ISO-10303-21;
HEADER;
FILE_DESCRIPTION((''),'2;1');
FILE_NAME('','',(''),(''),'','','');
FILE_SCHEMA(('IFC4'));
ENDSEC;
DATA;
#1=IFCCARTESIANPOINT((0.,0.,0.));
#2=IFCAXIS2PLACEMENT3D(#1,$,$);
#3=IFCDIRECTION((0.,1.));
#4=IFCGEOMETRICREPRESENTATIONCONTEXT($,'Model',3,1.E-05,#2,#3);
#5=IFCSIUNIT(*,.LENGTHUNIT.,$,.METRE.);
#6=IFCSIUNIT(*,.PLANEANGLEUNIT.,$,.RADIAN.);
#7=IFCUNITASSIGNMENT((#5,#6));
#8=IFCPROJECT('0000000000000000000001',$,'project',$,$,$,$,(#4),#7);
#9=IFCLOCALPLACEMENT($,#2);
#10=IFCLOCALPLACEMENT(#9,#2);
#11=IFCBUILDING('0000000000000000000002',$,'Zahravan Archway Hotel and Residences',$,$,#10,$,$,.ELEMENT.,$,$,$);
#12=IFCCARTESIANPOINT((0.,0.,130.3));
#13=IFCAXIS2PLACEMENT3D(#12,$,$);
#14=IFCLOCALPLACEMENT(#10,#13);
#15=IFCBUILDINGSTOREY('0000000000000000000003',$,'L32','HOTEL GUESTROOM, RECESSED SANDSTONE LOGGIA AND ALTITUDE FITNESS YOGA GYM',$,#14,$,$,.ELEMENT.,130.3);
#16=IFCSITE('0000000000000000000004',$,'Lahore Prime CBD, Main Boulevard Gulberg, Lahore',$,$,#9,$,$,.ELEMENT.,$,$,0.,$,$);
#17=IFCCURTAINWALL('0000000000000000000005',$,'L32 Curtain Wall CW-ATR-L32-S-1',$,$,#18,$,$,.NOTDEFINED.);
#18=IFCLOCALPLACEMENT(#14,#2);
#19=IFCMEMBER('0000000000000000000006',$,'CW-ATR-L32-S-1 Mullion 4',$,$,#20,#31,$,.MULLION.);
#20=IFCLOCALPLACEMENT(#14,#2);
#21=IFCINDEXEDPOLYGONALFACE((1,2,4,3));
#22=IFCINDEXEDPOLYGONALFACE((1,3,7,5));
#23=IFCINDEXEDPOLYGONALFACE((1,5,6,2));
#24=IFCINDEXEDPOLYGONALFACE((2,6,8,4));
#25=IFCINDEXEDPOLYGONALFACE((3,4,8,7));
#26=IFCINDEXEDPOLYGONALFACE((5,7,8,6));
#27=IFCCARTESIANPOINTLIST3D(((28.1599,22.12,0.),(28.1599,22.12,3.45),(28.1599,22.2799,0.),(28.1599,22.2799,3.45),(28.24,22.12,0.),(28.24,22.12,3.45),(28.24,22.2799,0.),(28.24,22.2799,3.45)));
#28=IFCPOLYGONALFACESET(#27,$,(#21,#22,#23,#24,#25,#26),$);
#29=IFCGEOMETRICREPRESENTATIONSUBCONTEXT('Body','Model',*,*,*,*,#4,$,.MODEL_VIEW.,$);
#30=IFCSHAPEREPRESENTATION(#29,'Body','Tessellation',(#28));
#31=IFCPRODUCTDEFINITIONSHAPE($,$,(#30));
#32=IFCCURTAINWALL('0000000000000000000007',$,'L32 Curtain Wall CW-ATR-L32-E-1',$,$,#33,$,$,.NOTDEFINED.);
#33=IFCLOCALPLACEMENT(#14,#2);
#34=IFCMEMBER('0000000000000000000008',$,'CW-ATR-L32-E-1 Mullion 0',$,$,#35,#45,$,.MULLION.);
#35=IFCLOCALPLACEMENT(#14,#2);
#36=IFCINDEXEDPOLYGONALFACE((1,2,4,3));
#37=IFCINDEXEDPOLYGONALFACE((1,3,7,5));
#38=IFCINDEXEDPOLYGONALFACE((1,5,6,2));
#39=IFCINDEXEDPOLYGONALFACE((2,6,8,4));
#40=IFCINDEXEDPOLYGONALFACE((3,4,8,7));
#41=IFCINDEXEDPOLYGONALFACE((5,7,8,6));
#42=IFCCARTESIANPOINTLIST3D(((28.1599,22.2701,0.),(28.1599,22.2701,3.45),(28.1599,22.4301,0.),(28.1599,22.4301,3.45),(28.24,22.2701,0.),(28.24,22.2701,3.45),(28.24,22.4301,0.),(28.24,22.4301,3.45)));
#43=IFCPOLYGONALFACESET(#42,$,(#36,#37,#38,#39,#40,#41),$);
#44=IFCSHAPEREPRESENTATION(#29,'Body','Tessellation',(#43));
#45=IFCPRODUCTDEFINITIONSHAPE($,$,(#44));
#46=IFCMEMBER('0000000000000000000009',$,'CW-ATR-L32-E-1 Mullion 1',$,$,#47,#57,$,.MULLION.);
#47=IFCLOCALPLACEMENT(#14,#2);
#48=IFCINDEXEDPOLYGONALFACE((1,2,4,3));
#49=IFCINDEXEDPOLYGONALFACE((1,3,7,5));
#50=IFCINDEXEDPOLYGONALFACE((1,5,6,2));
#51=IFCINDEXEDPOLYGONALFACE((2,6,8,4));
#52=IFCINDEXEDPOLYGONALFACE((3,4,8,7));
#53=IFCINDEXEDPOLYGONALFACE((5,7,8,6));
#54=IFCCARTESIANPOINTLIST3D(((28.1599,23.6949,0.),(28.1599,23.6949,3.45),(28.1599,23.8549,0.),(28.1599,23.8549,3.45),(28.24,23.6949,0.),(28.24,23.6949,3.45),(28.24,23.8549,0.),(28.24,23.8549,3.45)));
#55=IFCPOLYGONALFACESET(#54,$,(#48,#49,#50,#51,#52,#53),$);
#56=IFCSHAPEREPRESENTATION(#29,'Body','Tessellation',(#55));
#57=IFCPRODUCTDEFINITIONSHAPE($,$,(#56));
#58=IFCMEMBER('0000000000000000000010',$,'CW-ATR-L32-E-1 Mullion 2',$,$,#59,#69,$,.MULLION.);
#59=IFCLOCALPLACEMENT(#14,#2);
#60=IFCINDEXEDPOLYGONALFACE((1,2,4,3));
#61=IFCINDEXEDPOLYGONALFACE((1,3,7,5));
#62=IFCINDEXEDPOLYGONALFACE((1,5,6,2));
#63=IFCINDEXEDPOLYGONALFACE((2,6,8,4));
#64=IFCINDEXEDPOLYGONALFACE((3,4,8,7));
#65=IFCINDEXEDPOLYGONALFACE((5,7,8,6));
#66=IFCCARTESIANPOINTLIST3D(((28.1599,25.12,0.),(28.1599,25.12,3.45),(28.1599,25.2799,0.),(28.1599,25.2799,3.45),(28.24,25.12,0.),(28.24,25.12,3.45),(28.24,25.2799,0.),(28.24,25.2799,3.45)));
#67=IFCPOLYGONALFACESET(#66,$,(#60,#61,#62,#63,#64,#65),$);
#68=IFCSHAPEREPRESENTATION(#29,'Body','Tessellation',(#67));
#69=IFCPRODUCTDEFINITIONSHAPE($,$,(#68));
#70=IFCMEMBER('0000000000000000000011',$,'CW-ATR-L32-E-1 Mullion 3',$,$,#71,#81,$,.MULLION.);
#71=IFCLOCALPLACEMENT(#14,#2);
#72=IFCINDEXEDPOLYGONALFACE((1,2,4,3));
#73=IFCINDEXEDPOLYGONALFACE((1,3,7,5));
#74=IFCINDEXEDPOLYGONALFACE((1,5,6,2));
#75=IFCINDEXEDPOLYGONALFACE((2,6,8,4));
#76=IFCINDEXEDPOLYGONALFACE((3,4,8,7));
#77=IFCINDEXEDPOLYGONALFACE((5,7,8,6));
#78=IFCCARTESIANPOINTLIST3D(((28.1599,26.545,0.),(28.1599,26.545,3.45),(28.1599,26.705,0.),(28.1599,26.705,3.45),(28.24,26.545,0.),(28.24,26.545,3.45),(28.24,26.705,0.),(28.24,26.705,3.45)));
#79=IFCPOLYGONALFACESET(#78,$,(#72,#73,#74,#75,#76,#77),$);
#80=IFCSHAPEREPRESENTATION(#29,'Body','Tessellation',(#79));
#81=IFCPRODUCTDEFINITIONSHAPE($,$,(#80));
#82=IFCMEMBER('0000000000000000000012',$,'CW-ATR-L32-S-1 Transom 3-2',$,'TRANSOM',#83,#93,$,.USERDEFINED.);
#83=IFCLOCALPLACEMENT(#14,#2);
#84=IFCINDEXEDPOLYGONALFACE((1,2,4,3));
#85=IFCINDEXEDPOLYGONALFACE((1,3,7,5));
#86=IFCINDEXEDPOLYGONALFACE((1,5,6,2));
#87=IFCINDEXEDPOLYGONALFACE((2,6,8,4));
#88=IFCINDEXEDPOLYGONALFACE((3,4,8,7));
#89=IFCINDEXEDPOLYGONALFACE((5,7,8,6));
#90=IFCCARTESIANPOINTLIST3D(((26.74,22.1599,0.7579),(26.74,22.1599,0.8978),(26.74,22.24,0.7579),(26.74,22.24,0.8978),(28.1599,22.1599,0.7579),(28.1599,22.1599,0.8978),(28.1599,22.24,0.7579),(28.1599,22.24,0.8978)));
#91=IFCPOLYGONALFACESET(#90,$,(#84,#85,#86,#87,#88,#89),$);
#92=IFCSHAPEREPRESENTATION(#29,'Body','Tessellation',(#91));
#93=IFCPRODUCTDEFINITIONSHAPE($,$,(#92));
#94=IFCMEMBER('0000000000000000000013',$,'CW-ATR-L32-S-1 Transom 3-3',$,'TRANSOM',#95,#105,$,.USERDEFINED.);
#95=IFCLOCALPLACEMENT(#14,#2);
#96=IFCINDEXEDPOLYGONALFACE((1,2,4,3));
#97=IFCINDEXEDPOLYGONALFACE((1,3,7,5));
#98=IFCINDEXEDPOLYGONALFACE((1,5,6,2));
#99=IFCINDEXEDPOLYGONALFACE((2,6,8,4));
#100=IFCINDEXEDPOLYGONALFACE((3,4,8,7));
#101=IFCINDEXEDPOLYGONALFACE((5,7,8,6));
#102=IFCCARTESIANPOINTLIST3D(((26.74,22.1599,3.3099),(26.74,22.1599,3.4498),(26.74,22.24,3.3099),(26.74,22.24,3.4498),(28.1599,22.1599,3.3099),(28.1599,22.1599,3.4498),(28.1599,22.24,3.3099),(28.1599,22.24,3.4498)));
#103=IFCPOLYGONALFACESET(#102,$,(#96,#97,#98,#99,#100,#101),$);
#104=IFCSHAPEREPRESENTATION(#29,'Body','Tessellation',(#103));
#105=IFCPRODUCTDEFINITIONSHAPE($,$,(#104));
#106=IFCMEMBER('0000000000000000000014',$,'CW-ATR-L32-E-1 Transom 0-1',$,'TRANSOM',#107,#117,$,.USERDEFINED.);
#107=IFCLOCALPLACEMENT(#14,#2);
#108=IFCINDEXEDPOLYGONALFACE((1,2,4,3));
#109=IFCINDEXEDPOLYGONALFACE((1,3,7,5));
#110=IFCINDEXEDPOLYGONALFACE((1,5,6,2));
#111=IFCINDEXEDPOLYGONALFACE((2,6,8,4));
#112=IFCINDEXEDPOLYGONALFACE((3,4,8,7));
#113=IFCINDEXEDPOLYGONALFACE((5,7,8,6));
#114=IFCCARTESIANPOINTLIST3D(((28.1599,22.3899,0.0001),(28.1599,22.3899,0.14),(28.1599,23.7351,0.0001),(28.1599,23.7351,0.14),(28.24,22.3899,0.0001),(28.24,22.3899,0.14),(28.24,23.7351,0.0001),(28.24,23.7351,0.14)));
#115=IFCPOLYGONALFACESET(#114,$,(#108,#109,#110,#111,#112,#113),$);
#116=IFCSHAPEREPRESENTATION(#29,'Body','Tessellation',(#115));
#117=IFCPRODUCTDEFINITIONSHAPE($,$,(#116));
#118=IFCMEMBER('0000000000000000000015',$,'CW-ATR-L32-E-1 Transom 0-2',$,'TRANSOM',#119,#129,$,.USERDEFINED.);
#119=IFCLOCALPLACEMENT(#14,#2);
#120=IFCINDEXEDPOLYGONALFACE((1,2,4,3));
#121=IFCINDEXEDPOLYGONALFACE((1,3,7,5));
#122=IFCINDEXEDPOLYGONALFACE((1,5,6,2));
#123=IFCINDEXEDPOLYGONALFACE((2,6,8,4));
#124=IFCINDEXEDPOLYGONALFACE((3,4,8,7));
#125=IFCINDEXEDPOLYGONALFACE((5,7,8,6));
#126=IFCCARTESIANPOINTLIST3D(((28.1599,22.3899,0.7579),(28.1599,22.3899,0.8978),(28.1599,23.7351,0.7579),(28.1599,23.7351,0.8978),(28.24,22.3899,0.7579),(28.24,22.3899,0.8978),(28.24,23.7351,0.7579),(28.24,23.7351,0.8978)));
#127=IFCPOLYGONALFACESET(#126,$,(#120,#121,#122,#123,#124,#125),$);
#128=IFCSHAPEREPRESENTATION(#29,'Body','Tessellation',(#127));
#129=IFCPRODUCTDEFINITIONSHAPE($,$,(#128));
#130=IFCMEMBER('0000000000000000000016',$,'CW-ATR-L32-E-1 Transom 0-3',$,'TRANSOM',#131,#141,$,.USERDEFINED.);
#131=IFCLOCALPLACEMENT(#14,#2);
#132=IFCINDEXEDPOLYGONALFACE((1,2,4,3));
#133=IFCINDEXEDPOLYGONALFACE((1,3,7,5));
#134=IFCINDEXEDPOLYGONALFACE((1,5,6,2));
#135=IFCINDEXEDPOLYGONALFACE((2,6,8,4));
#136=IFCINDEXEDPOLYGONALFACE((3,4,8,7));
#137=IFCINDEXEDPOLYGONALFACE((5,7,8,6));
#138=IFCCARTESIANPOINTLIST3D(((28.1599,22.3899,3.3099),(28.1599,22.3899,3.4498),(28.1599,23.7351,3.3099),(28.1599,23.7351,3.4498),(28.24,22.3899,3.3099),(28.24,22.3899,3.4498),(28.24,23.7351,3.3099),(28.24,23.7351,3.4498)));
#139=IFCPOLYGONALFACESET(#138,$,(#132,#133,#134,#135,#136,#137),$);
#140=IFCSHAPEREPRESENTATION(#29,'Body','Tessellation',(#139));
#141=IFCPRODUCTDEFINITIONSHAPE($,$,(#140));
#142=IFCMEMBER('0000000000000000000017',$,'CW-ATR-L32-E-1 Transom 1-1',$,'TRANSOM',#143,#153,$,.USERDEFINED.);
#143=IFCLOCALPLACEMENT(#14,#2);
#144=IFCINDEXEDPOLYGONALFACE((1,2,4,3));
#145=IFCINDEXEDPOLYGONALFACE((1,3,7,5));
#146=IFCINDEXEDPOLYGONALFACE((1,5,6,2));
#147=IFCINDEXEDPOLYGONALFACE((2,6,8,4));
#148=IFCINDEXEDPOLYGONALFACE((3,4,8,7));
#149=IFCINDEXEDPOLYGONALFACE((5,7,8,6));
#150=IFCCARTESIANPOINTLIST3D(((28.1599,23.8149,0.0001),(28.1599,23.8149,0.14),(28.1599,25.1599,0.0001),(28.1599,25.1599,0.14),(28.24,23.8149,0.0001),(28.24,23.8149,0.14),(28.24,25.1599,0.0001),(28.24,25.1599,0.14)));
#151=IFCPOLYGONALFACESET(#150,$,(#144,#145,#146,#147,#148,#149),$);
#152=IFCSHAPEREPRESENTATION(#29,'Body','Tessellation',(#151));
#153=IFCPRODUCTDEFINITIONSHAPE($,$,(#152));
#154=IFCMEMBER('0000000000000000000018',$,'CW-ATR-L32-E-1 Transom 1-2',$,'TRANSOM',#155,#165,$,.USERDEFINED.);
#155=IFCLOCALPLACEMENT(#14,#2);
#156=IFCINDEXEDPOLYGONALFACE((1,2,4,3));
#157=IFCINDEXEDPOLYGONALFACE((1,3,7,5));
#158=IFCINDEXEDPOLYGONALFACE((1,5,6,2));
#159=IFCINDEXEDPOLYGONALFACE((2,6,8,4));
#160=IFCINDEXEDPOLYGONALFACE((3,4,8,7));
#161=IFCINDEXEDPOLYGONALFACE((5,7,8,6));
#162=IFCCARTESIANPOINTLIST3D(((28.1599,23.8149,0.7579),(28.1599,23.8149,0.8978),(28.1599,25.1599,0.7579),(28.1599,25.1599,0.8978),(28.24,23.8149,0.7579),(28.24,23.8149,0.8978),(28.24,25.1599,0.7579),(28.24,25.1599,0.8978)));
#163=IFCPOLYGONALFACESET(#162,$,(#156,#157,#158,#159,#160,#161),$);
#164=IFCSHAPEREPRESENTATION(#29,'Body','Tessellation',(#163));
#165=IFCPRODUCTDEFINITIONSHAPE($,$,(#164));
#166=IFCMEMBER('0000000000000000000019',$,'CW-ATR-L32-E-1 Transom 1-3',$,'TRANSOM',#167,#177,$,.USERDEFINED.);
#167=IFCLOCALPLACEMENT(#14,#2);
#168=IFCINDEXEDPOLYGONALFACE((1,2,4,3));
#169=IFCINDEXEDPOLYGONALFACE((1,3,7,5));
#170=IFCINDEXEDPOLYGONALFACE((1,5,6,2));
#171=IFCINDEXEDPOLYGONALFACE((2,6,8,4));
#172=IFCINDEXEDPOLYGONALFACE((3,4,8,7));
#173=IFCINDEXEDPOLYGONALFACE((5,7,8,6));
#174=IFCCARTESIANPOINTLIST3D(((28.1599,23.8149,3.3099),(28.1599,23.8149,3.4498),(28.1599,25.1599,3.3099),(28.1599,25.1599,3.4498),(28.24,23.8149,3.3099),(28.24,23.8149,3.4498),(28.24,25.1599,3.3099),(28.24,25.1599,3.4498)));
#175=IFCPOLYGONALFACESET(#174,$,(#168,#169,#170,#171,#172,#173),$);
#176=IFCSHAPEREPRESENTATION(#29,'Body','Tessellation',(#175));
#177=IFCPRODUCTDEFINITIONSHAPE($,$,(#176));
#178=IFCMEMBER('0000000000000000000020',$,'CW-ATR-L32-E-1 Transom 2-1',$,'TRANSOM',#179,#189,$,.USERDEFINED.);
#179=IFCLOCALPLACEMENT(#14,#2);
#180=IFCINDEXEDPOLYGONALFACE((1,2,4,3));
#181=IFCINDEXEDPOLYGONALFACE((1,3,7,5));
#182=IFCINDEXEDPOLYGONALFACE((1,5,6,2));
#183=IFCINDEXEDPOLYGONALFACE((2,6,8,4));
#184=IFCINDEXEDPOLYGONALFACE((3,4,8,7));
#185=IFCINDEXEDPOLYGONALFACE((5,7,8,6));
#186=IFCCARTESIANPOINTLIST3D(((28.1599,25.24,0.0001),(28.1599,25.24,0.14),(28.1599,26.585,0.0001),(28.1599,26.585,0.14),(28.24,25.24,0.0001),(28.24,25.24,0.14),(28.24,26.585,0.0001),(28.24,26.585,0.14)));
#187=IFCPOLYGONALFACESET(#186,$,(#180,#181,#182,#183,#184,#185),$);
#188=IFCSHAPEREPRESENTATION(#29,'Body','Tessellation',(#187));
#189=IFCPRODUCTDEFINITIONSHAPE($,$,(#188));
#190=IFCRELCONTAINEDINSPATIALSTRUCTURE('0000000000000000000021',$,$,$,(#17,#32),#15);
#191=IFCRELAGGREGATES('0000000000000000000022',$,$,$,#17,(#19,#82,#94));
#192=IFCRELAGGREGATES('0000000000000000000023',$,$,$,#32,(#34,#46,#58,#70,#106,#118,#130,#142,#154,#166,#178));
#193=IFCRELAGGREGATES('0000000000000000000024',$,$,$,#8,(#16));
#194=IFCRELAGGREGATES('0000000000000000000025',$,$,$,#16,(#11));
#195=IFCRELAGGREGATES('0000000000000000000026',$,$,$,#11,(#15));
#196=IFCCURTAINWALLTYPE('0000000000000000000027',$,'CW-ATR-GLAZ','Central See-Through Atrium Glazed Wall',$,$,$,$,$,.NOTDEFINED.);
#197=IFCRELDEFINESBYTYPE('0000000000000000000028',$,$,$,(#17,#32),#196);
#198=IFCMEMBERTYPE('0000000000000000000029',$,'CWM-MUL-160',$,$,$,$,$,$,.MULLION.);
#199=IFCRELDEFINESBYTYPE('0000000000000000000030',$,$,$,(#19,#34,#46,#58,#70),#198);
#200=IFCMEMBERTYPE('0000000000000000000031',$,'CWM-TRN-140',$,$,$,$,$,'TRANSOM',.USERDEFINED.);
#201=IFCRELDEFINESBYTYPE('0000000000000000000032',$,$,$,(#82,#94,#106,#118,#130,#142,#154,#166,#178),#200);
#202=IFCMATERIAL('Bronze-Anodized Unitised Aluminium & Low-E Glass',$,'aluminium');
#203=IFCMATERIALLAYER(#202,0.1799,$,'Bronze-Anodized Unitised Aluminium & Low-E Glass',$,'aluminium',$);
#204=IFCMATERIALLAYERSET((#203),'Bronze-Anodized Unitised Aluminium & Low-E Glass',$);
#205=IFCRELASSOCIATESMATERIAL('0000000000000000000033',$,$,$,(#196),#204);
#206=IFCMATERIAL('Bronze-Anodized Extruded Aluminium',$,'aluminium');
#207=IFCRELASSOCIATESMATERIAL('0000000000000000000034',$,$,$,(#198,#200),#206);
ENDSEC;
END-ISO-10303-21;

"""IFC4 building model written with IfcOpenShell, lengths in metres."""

from ifc_helpers import new_model, si_unit, direction, frame, origin, origin_2d, place, context, subcontext, project, spatial, rectangle, extrude, source, transform, mapped, material, layer, layer_set, material_profile, profile_set, type_object, element, aggregate, save


model = new_model("IFC4")

# Units and contexts
model_context = context("Model", 3, precision=1e-05, world=origin(), true_north=direction((0.0, 1.0)))
body_context = subcontext(model_context, "Body", "Model", "MODEL_VIEW")
ifc_project = project(units=[si_unit("LENGTHUNIT", "METRE"), si_unit("PLANEANGLEUNIT", "RADIAN")], contexts=[model_context])

# Site, building, storey
site_placement = place(None, origin())
site = spatial("IfcSite", under=ifc_project, at=site_placement, Name="Lahore Prime CBD, Main Boulevard Gulberg, Lahore", CompositionType="ELEMENT", RefElevation=0.0)
building_placement = place(site_placement, origin())
building = spatial("IfcBuilding", under=site, at=building_placement, Name="Zahravan Archway Hotel and Residences", CompositionType="ELEMENT")
storey_placement = place(building_placement, frame((0.0, 0.0, 130.3)))
storey = spatial("IfcBuildingStorey", under=building, at=storey_placement, Name="L32", Description="HOTEL GUESTROOM, RECESSED SANDSTONE LOGGIA AND ALTITUDE FITNESS YOGA GYM", CompositionType="ELEMENT", Elevation=130.3)

# Curtain wall, member
ifc_material_1 = material(Name="Bronze-Anodized Unitised Aluminium & Low-E Glass", Category="aluminium")
ifc_layer_1 = layer(ifc_material_1, 0.1799, Name="Bronze-Anodized Unitised Aluminium & Low-E Glass", Category="aluminium")
ifc_layer_set_1 = layer_set([ifc_layer_1], Name="Bronze-Anodized Unitised Aluminium & Low-E Glass")
curtain_wall_type = type_object("IfcCurtainWallType", Name="CW-ATR-GLAZ", Description="Central See-Through Atrium Glazed Wall", PredefinedType="NOTDEFINED", material=ifc_layer_set_1)
curtain_wall_1_placement = place(storey_placement, origin())
curtain_wall_1 = element("IfcCurtainWall", 1, at=curtain_wall_1_placement, inside=storey, type_object=curtain_wall_type, Name="L32 Curtain Wall CW-ATR-L32-S-1", PredefinedType="NOTDEFINED")
ifc_material_2 = material(Name="Bronze-Anodized Extruded Aluminium", Category="aluminium")
ifc_material_profile_1 = material_profile(ifc_material_2, rectangle(XDim=0.0801, YDim=0.1599, at=origin_2d()), Name="MUL 80x160", Category="aluminium")
ifc_profile_set_1 = profile_set([ifc_material_profile_1], Name="Bronze-Anodized Extruded Aluminium")
member_type_1 = type_object("IfcMemberType", Name="CWM-MUL-160", PredefinedType="MULLION", material=ifc_profile_set_1)
shared_shape_1 = source(origin(), body_context, "Body", "SweptSolid", [
    extrude(rectangle(XDim=0.0801, YDim=0.1599, at=origin_2d()), origin(), (0.0, 0.0, 1.0), 3.45),
])
member_1_placement = place(storey_placement, frame((28.2, 22.2, 0.0), z_axis=(0.0, 0.0, 1.0), x_axis=(1.0, 0.0, 0.0)))
member_1 = element("IfcMember", 2, at=member_1_placement, type_object=member_type_1, Name="CW-ATR-L32-S-1 Mullion 4", PredefinedType="MULLION", context=body_context, shape_type="MappedRepresentation", body=[
    mapped(shared_shape_1, transform((0.0, 0.0, 0.0), scale=1.0)),
])

# Curtain wall, members
curtain_wall_2_placement = place(storey_placement, origin())
curtain_wall_2 = element("IfcCurtainWall", 3, at=curtain_wall_2_placement, inside=storey, type_object=curtain_wall_type, Name="L32 Curtain Wall CW-ATR-L32-E-1", PredefinedType="NOTDEFINED")
member_2_placement = place(storey_placement, frame((28.2, 22.3501, 0.0), z_axis=(0.0, 0.0, 1.0), x_axis=(1.0, 0.0, 0.0)))
member_2 = element("IfcMember", 4, at=member_2_placement, type_object=member_type_1, Name="CW-ATR-L32-E-1 Mullion 0", PredefinedType="MULLION", context=body_context, shape_type="MappedRepresentation", body=[
    mapped(shared_shape_1, transform((0.0, 0.0, 0.0), scale=1.0)),
])
member_3_placement = place(storey_placement, frame((28.2, 23.7749, 0.0), z_axis=(0.0, 0.0, 1.0), x_axis=(1.0, 0.0, 0.0)))
member_3 = element("IfcMember", 5, at=member_3_placement, type_object=member_type_1, Name="CW-ATR-L32-E-1 Mullion 1", PredefinedType="MULLION", context=body_context, shape_type="MappedRepresentation", body=[
    mapped(shared_shape_1, transform((0.0, 0.0, 0.0), scale=1.0)),
])
member_4_placement = place(storey_placement, frame((28.2, 25.2, 0.0), z_axis=(0.0, 0.0, 1.0), x_axis=(1.0, 0.0, 0.0)))
member_4 = element("IfcMember", 6, at=member_4_placement, type_object=member_type_1, Name="CW-ATR-L32-E-1 Mullion 2", PredefinedType="MULLION", context=body_context, shape_type="MappedRepresentation", body=[
    mapped(shared_shape_1, transform((0.0, 0.0, 0.0), scale=1.0)),
])
member_5_placement = place(storey_placement, frame((28.2, 26.625, 0.0), z_axis=(0.0, 0.0, 1.0), x_axis=(1.0, 0.0, 0.0)))
member_5 = element("IfcMember", 7, at=member_5_placement, type_object=member_type_1, Name="CW-ATR-L32-E-1 Mullion 3", PredefinedType="MULLION", context=body_context, shape_type="MappedRepresentation", body=[
    mapped(shared_shape_1, transform((0.0, 0.0, 0.0), scale=1.0)),
])

# Members
ifc_material_profile_2 = material_profile(ifc_material_2, rectangle(XDim=0.0801, YDim=0.1399, at=origin_2d()), Name="TRN 80x140", Category="aluminium")
ifc_profile_set_2 = profile_set([ifc_material_profile_2], Name="Bronze-Anodized Extruded Aluminium")
member_type_2 = type_object("IfcMemberType", Name="CWM-TRN-140", ElementType="TRANSOM", PredefinedType="USERDEFINED", material=ifc_profile_set_2)
shared_shape_2 = source(origin(), body_context, "Body", "SweptSolid", [
    extrude(rectangle(XDim=0.0801, YDim=0.1399, at=origin_2d()), origin(), (0.0, 0.0, 1.0), 1.4199),
])
member_6_placement = place(storey_placement, frame((26.74, 22.2, 0.8279), z_axis=(1.0, 0.0, 0.0), x_axis=(0.0, 1.0, 0.0)))
member_6 = element("IfcMember", 8, at=member_6_placement, type_object=member_type_2, Name="CW-ATR-L32-S-1 Transom 3-2", ObjectType="TRANSOM", PredefinedType="USERDEFINED", context=body_context, shape_type="MappedRepresentation", body=[
    mapped(shared_shape_2, transform((0.0, 0.0, 0.0), scale=1.0)),
])
member_7_placement = place(storey_placement, frame((26.74, 22.2, 3.3799), z_axis=(1.0, 0.0, 0.0), x_axis=(0.0, 1.0, 0.0)))
member_7 = element("IfcMember", 9, at=member_7_placement, type_object=member_type_2, Name="CW-ATR-L32-S-1 Transom 3-3", ObjectType="TRANSOM", PredefinedType="USERDEFINED", context=body_context, shape_type="MappedRepresentation", body=[
    mapped(shared_shape_2, transform((0.0, 0.0, 0.0), scale=1.0)),
])
shared_shape_3 = source(origin(), body_context, "Body", "SweptSolid", [
    extrude(rectangle(XDim=0.0801, YDim=0.1399, at=origin_2d()), origin(), (0.0, 0.0, 1.0), 1.3452),
])
member_8_placement = place(storey_placement, frame((28.2, 22.3899, 0.0701), z_axis=(0.0, 1.0, 0.0), x_axis=(-1.0, 0.0, 0.0)))
member_8 = element("IfcMember", 10, at=member_8_placement, type_object=member_type_2, Name="CW-ATR-L32-E-1 Transom 0-1", ObjectType="TRANSOM", PredefinedType="USERDEFINED", context=body_context, shape_type="MappedRepresentation", body=[
    mapped(shared_shape_3, transform((0.0, 0.0, 0.0), scale=1.0)),
])
member_9_placement = place(storey_placement, frame((28.2, 22.3899, 0.8279), z_axis=(0.0, 1.0, 0.0), x_axis=(-1.0, 0.0, 0.0)))
member_9 = element("IfcMember", 11, at=member_9_placement, type_object=member_type_2, Name="CW-ATR-L32-E-1 Transom 0-2", ObjectType="TRANSOM", PredefinedType="USERDEFINED", context=body_context, shape_type="MappedRepresentation", body=[
    mapped(shared_shape_3, transform((0.0, 0.0, 0.0), scale=1.0)),
])
member_10_placement = place(storey_placement, frame((28.2, 22.3899, 3.3799), z_axis=(0.0, 1.0, 0.0), x_axis=(-1.0, 0.0, 0.0)))
member_10 = element("IfcMember", 12, at=member_10_placement, type_object=member_type_2, Name="CW-ATR-L32-E-1 Transom 0-3", ObjectType="TRANSOM", PredefinedType="USERDEFINED", context=body_context, shape_type="MappedRepresentation", body=[
    mapped(shared_shape_3, transform((0.0, 0.0, 0.0), scale=1.0)),
])
shared_shape_4 = source(origin(), body_context, "Body", "SweptSolid", [
    extrude(rectangle(XDim=0.0801, YDim=0.1399, at=origin_2d()), origin(), (0.0, 0.0, 1.0), 1.345),
])
member_11_placement = place(storey_placement, frame((28.2, 23.8149, 0.0701), z_axis=(0.0, 1.0, 0.0), x_axis=(-1.0, 0.0, 0.0)))
member_11 = element("IfcMember", 13, at=member_11_placement, type_object=member_type_2, Name="CW-ATR-L32-E-1 Transom 1-1", ObjectType="TRANSOM", PredefinedType="USERDEFINED", context=body_context, shape_type="MappedRepresentation", body=[
    mapped(shared_shape_4, transform((0.0, 0.0, 0.0), scale=1.0)),
])
member_12_placement = place(storey_placement, frame((28.2, 23.8149, 0.8279), z_axis=(0.0, 1.0, 0.0), x_axis=(-1.0, 0.0, 0.0)))
member_12 = element("IfcMember", 14, at=member_12_placement, type_object=member_type_2, Name="CW-ATR-L32-E-1 Transom 1-2", ObjectType="TRANSOM", PredefinedType="USERDEFINED", context=body_context, shape_type="MappedRepresentation", body=[
    mapped(shared_shape_4, transform((0.0, 0.0, 0.0), scale=1.0)),
])
member_13_placement = place(storey_placement, frame((28.2, 23.8149, 3.3799), z_axis=(0.0, 1.0, 0.0), x_axis=(-1.0, 0.0, 0.0)))
member_13 = element("IfcMember", 15, at=member_13_placement, type_object=member_type_2, Name="CW-ATR-L32-E-1 Transom 1-3", ObjectType="TRANSOM", PredefinedType="USERDEFINED", context=body_context, shape_type="MappedRepresentation", body=[
    mapped(shared_shape_4, transform((0.0, 0.0, 0.0), scale=1.0)),
])
member_14_placement = place(storey_placement, frame((28.2, 25.24, 0.0701), z_axis=(0.0, 1.0, 0.0), x_axis=(-1.0, 0.0, 0.0)))
member_14 = element("IfcMember", 16, at=member_14_placement, type_object=member_type_2, Name="CW-ATR-L32-E-1 Transom 2-1", ObjectType="TRANSOM", PredefinedType="USERDEFINED", context=body_context, shape_type="MappedRepresentation", body=[
    mapped(shared_shape_4, transform((0.0, 0.0, 0.0), scale=1.0)),
])

aggregate(curtain_wall_1, [member_1, member_6, member_7])
aggregate(curtain_wall_2, [member_2, member_3, member_4, member_5, member_8, member_9, member_10, member_11, member_12, member_13, member_14])

save(model, "model.ifc")
